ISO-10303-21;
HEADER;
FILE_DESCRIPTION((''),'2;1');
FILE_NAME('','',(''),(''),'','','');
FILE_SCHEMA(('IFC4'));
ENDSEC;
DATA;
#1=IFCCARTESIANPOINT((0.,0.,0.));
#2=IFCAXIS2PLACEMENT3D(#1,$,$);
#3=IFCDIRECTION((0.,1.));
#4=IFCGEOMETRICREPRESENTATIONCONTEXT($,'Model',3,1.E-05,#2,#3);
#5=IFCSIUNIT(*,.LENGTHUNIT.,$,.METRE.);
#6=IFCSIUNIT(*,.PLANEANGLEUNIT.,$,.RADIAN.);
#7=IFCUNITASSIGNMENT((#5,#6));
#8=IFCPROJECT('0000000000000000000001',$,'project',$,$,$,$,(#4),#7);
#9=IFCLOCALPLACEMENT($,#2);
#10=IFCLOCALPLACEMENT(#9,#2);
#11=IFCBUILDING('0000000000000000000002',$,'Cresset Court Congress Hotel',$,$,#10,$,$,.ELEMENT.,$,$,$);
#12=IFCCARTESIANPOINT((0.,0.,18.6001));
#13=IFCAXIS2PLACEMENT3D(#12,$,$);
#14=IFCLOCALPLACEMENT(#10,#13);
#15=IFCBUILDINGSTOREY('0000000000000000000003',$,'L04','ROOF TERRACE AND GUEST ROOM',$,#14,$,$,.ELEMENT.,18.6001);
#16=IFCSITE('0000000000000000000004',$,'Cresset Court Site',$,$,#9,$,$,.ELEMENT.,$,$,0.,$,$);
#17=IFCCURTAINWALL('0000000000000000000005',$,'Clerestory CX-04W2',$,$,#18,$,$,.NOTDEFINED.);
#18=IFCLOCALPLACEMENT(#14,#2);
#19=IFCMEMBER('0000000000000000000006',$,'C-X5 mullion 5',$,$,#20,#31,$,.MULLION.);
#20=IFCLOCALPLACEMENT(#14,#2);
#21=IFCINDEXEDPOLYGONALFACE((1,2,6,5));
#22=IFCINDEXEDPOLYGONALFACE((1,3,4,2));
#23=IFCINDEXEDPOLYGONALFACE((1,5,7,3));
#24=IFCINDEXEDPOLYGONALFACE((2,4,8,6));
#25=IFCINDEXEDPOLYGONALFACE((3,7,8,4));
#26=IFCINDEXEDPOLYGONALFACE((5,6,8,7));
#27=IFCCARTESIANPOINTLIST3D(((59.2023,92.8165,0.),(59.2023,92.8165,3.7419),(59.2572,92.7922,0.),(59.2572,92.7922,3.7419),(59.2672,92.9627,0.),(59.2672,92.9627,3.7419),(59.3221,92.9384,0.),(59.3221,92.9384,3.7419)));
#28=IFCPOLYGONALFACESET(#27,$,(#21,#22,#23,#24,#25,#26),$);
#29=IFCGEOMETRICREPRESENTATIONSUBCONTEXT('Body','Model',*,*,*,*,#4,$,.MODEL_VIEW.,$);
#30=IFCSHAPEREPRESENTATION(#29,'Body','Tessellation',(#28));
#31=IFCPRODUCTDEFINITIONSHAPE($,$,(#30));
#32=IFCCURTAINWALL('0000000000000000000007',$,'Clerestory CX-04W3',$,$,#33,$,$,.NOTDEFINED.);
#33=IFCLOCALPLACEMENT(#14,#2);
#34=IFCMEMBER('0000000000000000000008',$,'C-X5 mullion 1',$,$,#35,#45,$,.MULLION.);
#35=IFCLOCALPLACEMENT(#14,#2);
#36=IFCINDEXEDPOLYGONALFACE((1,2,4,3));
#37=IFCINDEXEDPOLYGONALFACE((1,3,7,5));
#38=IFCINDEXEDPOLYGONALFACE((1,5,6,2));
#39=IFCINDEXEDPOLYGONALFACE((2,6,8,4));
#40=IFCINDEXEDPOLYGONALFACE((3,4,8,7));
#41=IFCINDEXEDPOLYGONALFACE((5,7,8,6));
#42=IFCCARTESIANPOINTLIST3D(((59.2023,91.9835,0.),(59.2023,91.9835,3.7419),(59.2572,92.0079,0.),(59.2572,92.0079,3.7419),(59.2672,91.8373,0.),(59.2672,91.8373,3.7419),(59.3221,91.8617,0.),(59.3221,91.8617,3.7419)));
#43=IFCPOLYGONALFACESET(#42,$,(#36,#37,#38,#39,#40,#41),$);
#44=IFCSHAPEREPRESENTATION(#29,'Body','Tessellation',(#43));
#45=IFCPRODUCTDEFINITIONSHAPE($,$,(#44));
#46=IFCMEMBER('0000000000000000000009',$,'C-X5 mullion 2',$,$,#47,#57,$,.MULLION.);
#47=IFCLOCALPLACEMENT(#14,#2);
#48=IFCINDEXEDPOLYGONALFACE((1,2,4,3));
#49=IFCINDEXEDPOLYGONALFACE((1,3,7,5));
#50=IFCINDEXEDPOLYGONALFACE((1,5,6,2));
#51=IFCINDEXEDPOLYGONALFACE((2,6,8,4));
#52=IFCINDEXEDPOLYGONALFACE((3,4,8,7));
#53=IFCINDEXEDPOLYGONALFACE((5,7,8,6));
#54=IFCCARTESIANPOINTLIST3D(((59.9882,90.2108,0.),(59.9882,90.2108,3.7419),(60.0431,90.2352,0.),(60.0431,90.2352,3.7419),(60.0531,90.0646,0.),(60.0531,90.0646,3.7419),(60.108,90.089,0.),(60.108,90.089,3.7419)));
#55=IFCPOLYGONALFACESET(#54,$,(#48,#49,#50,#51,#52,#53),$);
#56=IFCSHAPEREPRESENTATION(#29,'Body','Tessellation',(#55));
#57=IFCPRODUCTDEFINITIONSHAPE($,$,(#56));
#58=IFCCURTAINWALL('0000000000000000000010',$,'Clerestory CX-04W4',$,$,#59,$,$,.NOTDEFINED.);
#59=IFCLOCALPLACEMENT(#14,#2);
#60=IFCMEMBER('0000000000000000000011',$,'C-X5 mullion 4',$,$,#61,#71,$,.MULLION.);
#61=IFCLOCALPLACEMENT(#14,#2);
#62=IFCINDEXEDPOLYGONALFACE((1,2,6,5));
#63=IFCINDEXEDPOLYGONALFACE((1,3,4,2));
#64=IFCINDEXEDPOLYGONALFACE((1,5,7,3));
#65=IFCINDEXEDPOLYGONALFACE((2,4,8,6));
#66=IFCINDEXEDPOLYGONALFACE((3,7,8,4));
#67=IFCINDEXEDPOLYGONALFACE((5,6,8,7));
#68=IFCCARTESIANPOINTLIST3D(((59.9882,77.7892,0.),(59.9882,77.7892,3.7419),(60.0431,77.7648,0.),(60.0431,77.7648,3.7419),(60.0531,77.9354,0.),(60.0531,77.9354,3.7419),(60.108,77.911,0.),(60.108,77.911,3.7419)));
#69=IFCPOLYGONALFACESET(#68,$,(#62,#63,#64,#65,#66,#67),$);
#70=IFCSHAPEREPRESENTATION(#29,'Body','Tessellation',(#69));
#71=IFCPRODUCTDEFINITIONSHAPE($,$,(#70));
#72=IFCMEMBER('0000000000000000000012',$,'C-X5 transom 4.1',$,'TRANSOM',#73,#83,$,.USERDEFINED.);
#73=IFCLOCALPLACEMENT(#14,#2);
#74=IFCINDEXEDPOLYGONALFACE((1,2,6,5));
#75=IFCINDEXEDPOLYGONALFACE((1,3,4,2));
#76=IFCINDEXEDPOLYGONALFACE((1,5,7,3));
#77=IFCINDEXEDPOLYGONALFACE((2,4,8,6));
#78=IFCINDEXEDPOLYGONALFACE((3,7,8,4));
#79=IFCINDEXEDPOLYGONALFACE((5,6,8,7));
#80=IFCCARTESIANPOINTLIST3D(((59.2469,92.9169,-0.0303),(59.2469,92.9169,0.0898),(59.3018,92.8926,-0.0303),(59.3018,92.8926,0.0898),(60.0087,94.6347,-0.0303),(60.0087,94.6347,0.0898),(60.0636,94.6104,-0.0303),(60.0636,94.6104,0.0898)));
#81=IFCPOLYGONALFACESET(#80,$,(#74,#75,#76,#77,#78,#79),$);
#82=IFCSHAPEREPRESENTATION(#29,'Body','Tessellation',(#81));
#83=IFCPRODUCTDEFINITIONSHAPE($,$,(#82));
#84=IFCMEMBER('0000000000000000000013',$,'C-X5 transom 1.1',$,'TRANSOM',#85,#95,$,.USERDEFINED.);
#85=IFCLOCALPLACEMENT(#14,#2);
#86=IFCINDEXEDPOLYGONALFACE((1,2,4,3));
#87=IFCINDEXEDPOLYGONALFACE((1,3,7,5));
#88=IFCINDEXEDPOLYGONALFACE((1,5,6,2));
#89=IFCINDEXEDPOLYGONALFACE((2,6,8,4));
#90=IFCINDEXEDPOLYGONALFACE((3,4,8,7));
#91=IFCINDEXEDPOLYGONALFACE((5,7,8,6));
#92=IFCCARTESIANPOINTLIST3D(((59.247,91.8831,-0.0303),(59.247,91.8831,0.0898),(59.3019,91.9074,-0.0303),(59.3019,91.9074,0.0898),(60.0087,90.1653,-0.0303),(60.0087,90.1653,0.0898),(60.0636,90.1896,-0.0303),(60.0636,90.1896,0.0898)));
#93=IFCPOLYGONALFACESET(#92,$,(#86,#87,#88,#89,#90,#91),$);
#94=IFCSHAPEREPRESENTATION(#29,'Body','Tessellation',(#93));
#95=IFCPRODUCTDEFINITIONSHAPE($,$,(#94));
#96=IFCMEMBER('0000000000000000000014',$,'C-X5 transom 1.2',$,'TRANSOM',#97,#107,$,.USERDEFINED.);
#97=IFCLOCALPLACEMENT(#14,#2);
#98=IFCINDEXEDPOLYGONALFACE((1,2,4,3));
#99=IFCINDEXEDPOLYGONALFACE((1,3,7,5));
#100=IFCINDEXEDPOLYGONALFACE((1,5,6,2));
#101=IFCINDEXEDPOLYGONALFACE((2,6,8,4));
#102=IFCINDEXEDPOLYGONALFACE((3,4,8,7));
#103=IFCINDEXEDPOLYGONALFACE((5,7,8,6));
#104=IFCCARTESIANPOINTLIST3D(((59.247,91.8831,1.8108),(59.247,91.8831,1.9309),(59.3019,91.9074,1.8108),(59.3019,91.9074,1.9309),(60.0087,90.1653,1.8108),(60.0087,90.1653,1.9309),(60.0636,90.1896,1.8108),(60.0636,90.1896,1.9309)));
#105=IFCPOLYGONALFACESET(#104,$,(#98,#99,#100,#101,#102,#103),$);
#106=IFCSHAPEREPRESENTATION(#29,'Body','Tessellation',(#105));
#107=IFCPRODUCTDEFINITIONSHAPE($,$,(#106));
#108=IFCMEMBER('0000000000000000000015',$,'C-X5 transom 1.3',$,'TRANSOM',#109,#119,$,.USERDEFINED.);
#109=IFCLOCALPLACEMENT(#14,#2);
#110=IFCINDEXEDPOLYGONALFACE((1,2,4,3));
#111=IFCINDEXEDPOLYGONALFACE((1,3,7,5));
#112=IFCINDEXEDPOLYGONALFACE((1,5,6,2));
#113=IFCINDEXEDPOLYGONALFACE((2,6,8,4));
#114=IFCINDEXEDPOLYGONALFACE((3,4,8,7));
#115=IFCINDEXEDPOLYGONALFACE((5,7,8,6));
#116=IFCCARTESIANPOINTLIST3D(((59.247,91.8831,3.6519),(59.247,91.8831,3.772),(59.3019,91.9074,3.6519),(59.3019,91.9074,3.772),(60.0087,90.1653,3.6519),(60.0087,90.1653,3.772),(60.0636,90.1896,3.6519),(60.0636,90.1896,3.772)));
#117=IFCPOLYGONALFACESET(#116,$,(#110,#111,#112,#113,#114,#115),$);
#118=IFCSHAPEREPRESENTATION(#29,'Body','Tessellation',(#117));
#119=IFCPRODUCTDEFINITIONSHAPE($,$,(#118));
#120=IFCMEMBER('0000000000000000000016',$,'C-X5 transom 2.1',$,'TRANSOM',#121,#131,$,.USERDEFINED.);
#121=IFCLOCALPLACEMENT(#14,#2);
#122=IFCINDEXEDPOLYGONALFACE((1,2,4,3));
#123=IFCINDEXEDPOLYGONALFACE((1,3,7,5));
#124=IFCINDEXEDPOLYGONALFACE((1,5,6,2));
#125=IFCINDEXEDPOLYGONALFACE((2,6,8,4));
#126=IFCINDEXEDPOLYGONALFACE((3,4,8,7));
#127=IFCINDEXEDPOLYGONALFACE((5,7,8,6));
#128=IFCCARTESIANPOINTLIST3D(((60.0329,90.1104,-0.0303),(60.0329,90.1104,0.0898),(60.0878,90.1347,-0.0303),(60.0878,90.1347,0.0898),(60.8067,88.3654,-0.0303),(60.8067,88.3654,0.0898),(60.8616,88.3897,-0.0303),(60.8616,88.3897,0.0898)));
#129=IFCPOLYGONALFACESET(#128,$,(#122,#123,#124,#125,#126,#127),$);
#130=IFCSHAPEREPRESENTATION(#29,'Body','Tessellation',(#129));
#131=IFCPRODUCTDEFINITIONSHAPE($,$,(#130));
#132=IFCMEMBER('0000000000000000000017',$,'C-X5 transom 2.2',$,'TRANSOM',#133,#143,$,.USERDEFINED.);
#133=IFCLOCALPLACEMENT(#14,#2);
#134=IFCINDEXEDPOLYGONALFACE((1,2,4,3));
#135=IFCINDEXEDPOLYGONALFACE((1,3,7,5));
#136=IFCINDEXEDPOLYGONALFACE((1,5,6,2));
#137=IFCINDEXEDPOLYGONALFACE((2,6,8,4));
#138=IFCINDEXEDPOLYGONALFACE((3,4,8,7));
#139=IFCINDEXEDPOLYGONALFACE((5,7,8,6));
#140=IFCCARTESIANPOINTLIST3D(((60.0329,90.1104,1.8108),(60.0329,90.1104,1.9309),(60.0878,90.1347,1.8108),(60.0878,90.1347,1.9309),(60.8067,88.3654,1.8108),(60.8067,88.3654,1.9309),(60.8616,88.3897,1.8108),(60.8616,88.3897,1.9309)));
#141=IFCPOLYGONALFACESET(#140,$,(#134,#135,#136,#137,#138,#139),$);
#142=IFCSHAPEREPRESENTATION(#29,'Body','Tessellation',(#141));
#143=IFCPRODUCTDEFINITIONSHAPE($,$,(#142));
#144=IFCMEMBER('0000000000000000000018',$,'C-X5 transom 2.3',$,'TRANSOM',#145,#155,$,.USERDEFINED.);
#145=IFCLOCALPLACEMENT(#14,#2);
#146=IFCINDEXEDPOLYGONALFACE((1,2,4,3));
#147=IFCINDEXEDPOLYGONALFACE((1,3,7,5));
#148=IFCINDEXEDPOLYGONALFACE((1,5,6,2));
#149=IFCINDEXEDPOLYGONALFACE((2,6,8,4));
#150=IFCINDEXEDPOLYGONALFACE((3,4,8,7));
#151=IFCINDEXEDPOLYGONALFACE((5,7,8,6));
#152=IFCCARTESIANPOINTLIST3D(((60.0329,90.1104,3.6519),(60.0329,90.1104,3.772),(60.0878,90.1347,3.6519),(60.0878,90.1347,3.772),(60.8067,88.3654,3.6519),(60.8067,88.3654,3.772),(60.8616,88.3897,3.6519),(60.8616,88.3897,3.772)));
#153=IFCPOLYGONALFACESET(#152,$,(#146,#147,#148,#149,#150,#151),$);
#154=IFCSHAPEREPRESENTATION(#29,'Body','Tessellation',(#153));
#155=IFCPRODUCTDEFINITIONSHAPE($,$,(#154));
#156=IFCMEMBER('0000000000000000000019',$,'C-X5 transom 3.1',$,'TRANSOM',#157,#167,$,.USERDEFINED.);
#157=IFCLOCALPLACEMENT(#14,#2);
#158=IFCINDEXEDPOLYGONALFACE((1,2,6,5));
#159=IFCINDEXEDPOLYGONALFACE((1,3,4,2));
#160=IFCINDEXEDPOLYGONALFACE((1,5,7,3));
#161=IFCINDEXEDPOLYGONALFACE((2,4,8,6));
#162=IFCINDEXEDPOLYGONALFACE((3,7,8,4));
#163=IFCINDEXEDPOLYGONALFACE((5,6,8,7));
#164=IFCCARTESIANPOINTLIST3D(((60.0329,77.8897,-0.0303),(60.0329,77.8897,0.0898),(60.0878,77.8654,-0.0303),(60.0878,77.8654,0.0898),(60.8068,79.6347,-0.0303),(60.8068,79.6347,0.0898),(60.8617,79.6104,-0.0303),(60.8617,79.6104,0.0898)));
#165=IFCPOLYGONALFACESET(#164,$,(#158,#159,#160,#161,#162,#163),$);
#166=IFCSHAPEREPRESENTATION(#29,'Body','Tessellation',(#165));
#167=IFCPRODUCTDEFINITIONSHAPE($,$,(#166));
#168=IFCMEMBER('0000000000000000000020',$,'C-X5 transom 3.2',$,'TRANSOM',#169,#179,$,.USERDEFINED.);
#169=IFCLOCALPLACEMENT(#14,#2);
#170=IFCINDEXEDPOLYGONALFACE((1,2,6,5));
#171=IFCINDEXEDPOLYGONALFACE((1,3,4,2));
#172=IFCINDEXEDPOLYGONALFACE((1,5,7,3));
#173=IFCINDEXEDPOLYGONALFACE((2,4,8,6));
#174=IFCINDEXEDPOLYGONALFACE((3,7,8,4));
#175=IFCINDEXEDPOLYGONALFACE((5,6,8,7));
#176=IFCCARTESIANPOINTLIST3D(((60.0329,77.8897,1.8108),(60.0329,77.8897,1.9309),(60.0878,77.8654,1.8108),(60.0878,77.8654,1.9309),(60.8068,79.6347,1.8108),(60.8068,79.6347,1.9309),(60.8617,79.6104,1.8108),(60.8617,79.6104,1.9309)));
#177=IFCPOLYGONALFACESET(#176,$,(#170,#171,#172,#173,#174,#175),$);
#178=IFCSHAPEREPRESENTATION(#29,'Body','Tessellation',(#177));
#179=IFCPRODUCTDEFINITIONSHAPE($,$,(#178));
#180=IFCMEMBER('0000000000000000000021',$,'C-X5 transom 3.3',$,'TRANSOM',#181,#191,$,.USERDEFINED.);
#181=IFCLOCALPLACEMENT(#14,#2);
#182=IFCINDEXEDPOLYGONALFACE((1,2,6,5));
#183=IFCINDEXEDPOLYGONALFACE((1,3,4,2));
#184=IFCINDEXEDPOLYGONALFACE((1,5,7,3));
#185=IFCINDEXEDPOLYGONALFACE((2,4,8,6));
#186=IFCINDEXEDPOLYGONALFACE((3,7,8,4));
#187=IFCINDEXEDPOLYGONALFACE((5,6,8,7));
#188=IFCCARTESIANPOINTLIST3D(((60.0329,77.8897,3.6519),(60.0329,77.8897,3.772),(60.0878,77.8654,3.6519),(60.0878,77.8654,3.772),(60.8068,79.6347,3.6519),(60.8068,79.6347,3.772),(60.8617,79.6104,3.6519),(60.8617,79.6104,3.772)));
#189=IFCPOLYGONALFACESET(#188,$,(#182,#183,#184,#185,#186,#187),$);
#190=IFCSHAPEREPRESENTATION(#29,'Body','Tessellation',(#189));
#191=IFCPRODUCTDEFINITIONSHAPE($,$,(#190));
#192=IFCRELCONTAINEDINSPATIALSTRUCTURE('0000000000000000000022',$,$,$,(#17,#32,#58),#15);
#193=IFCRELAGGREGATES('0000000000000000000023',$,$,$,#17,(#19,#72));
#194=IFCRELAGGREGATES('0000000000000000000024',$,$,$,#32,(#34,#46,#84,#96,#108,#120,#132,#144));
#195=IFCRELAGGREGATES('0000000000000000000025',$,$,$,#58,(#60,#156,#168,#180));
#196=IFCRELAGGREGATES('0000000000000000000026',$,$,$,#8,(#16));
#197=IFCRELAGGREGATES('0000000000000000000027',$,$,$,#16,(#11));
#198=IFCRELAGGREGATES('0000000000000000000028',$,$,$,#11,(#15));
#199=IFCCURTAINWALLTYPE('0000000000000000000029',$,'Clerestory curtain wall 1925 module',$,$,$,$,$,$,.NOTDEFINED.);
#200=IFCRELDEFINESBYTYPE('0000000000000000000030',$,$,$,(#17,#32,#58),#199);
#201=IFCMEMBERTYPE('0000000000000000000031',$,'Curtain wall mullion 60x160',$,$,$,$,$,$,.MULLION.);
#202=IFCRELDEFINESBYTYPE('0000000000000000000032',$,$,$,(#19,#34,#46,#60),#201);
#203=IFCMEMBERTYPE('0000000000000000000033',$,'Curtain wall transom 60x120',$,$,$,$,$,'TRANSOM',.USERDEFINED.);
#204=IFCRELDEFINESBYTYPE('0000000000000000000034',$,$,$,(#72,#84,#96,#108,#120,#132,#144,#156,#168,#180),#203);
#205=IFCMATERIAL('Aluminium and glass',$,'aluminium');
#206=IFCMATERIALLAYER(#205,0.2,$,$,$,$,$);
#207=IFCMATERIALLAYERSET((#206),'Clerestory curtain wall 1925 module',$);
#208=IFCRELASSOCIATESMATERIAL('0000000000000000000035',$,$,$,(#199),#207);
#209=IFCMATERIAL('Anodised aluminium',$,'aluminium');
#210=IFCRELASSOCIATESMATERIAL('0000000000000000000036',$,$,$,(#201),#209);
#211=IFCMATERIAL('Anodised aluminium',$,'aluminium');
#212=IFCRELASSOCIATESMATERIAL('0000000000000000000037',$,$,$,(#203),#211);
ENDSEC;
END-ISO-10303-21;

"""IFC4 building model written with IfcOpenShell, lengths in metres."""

from ifc_helpers import new_model, si_unit, direction, frame, origin, origin_2d, place, context, subcontext, project, spatial, rectangle, extrude, material, layer, layer_set, material_profile, profile_set, type_object, element, aggregate, save


model = new_model("IFC4")

# Units and contexts
model_context = context("Model", 3, precision=1e-05, world=origin(), true_north=direction((0.0, 1.0)))
body_context = subcontext(model_context, "Body", "Model", "MODEL_VIEW")
ifc_project = project(units=[si_unit("LENGTHUNIT", "METRE"), si_unit("PLANEANGLEUNIT", "RADIAN")], contexts=[model_context])

# Site, building, storey
site_placement = place(None, origin())
site = spatial("IfcSite", under=ifc_project, at=site_placement, Name="Cresset Court Site", CompositionType="ELEMENT", RefElevation=0.0)
building_placement = place(site_placement, origin())
building = spatial("IfcBuilding", under=site, at=building_placement, Name="Cresset Court Congress Hotel", CompositionType="ELEMENT")
storey_placement = place(building_placement, frame((0.0, 0.0, 18.6001)))
storey = spatial("IfcBuildingStorey", under=building, at=storey_placement, Name="L04", Description="ROOF TERRACE AND GUEST ROOM", CompositionType="ELEMENT", Elevation=18.6001)

# Curtain wall, member
ifc_material_1 = material(Name="Aluminium and glass", Category="aluminium")
ifc_layer_1 = layer(ifc_material_1, 0.2)
ifc_layer_set_1 = layer_set([ifc_layer_1], Name="Clerestory curtain wall 1925 module")
curtain_wall_type = type_object("IfcCurtainWallType", Name="Clerestory curtain wall 1925 module", PredefinedType="NOTDEFINED", material=ifc_layer_set_1)
curtain_wall_1_placement = place(storey_placement, origin())
curtain_wall_1 = element("IfcCurtainWall", 1, at=curtain_wall_1_placement, inside=storey, type_object=curtain_wall_type, Name="Clerestory CX-04W2", PredefinedType="NOTDEFINED")
ifc_material_2 = material(Name="Anodised aluminium", Category="aluminium")
ifc_material_profile_1 = material_profile(ifc_material_2, rectangle(XDim=0.0601, YDim=0.1599, at=origin_2d()), Name="AL60x160")
ifc_profile_set_1 = profile_set([ifc_material_profile_1], Name="Anodised aluminium")
member_type_1 = type_object("IfcMemberType", Name="Curtain wall mullion 60x160", PredefinedType="MULLION", material=ifc_profile_set_1)
member_1_placement = place(storey_placement, frame((59.2622, 92.8774, 0.0), z_axis=(0.0, 0.0, 1.0), x_axis=(0.914148, -0.405381, 0.0)))
member_1 = element("IfcMember", 2, at=member_1_placement, type_object=member_type_1, Name="C-X5 mullion 5", PredefinedType="MULLION", context=body_context, shape_type="SweptSolid", body=[
    extrude(rectangle(XDim=0.0601, YDim=0.1599, at=origin_2d()), origin(), (0.0, 0.0, 1.0), 3.7419),
])

# Curtain wall, members
curtain_wall_2_placement = place(storey_placement, origin())
curtain_wall_2 = element("IfcCurtainWall", 3, at=curtain_wall_2_placement, inside=storey, type_object=curtain_wall_type, Name="Clerestory CX-04W3", PredefinedType="NOTDEFINED")
member_2_placement = place(storey_placement, frame((59.2622, 91.9226, 0.0), z_axis=(0.0, 0.0, 1.0), x_axis=(0.914148, 0.405381, 0.0)))
member_2 = element("IfcMember", 4, at=member_2_placement, type_object=member_type_1, Name="C-X5 mullion 1", PredefinedType="MULLION", context=body_context, shape_type="SweptSolid", body=[
    extrude(rectangle(XDim=0.0601, YDim=0.1599, at=origin_2d()), origin(), (0.0, 0.0, 1.0), 3.7419),
])
member_3_placement = place(storey_placement, frame((60.0481, 90.1499, 0.0), z_axis=(0.0, 0.0, 1.0), x_axis=(0.914148, 0.405381, 0.0)))
member_3 = element("IfcMember", 5, at=member_3_placement, type_object=member_type_1, Name="C-X5 mullion 2", PredefinedType="MULLION", context=body_context, shape_type="SweptSolid", body=[
    extrude(rectangle(XDim=0.0601, YDim=0.1599, at=origin_2d()), origin(), (0.0, 0.0, 1.0), 3.7419),
])

# Curtain wall, member
curtain_wall_3_placement = place(storey_placement, origin())
curtain_wall_3 = element("IfcCurtainWall", 6, at=curtain_wall_3_placement, inside=storey, type_object=curtain_wall_type, Name="Clerestory CX-04W4", PredefinedType="NOTDEFINED")
member_4_placement = place(storey_placement, frame((60.0481, 77.8501, 0.0), z_axis=(0.0, 0.0, 1.0), x_axis=(0.914148, -0.405381, 0.0)))
member_4 = element("IfcMember", 7, at=member_4_placement, type_object=member_type_1, Name="C-X5 mullion 4", PredefinedType="MULLION", context=body_context, shape_type="SweptSolid", body=[
    extrude(rectangle(XDim=0.0601, YDim=0.1599, at=origin_2d()), origin(), (0.0, 0.0, 1.0), 3.7419),
])

# Members
ifc_material_3 = material(Name="Anodised aluminium", Category="aluminium")
ifc_material_profile_2 = material_profile(ifc_material_3, rectangle(XDim=0.0601, YDim=0.1201, at=origin_2d()), Name="AL60x120")
ifc_profile_set_2 = profile_set([ifc_material_profile_2], Name="Anodised aluminium")
member_type_2 = type_object("IfcMemberType", Name="Curtain wall transom 60x120", ElementType="TRANSOM", PredefinedType="USERDEFINED", material=ifc_profile_set_2)
member_5_placement = place(storey_placement, frame((60.0361, 94.6226, 0.0298), z_axis=(-0.405367, -0.914154, 0.0), x_axis=(0.914154, -0.405367, 0.0)))
member_5 = element("IfcMember", 8, at=member_5_placement, type_object=member_type_2, Name="C-X5 transom 4.1", ObjectType="TRANSOM", PredefinedType="USERDEFINED", context=body_context, shape_type="SweptSolid", body=[
    extrude(rectangle(XDim=0.0601, YDim=0.1201, at=origin_2d()), origin(), (0.0, 0.0, 1.0), 1.8792),
])
member_6_placement = place(storey_placement, frame((59.2744, 91.8953, 0.0298), z_axis=(0.405367, -0.914154, 0.0), x_axis=(0.914154, 0.405367, 0.0)))
member_6 = element("IfcMember", 9, at=member_6_placement, type_object=member_type_2, Name="C-X5 transom 1.1", ObjectType="TRANSOM", PredefinedType="USERDEFINED", context=body_context, shape_type="SweptSolid", body=[
    extrude(rectangle(XDim=0.0601, YDim=0.1201, at=origin_2d()), origin(), (0.0, 0.0, 1.0), 1.8792),
])
member_7_placement = place(storey_placement, frame((59.2744, 91.8953, 1.8708), z_axis=(0.405367, -0.914154, 0.0), x_axis=(0.914154, 0.405367, 0.0)))
member_7 = element("IfcMember", 10, at=member_7_placement, type_object=member_type_2, Name="C-X5 transom 1.2", ObjectType="TRANSOM", PredefinedType="USERDEFINED", context=body_context, shape_type="SweptSolid", body=[
    extrude(rectangle(XDim=0.0601, YDim=0.1201, at=origin_2d()), origin(), (0.0, 0.0, 1.0), 1.8792),
])
member_8_placement = place(storey_placement, frame((59.2744, 91.8953, 3.7119), z_axis=(0.405367, -0.914154, 0.0), x_axis=(0.914154, 0.405367, 0.0)))
member_8 = element("IfcMember", 11, at=member_8_placement, type_object=member_type_2, Name="C-X5 transom 1.3", ObjectType="TRANSOM", PredefinedType="USERDEFINED", context=body_context, shape_type="SweptSolid", body=[
    extrude(rectangle(XDim=0.0601, YDim=0.1201, at=origin_2d()), origin(), (0.0, 0.0, 1.0), 1.8792),
])
member_9_placement = place(storey_placement, frame((60.0603, 90.1226, 0.0298), z_axis=(0.405403, -0.914138, 0.0), x_axis=(0.914138, 0.405403, 0.0)))
member_9 = element("IfcMember", 12, at=member_9_placement, type_object=member_type_2, Name="C-X5 transom 2.1", ObjectType="TRANSOM", PredefinedType="USERDEFINED", context=body_context, shape_type="SweptSolid", body=[
    extrude(rectangle(XDim=0.0601, YDim=0.1201, at=origin_2d()), origin(), (0.0, 0.0, 1.0), 1.9089),
])
member_10_placement = place(storey_placement, frame((60.0603, 90.1226, 1.8708), z_axis=(0.405403, -0.914138, 0.0), x_axis=(0.914138, 0.405403, 0.0)))
member_10 = element("IfcMember", 13, at=member_10_placement, type_object=member_type_2, Name="C-X5 transom 2.2", ObjectType="TRANSOM", PredefinedType="USERDEFINED", context=body_context, shape_type="SweptSolid", body=[
    extrude(rectangle(XDim=0.0601, YDim=0.1201, at=origin_2d()), origin(), (0.0, 0.0, 1.0), 1.9089),
])
member_11_placement = place(storey_placement, frame((60.0603, 90.1226, 3.7119), z_axis=(0.405403, -0.914138, 0.0), x_axis=(0.914138, 0.405403, 0.0)))
member_11 = element("IfcMember", 14, at=member_11_placement, type_object=member_type_2, Name="C-X5 transom 2.3", ObjectType="TRANSOM", PredefinedType="USERDEFINED", context=body_context, shape_type="SweptSolid", body=[
    extrude(rectangle(XDim=0.0601, YDim=0.1201, at=origin_2d()), origin(), (0.0, 0.0, 1.0), 1.9089),
])
member_12_placement = place(storey_placement, frame((60.8342, 79.6226, 0.0298), z_axis=(-0.405403, -0.914138, 0.0), x_axis=(0.914138, -0.405403, 0.0)))
member_12 = element("IfcMember", 15, at=member_12_placement, type_object=member_type_2, Name="C-X5 transom 3.1", ObjectType="TRANSOM", PredefinedType="USERDEFINED", context=body_context, shape_type="SweptSolid", body=[
    extrude(rectangle(XDim=0.0601, YDim=0.1201, at=origin_2d()), origin(), (0.0, 0.0, 1.0), 1.9089),
])
member_13_placement = place(storey_placement, frame((60.8342, 79.6226, 1.8708), z_axis=(-0.405403, -0.914138, 0.0), x_axis=(0.914138, -0.405403, 0.0)))
member_13 = element("IfcMember", 16, at=member_13_placement, type_object=member_type_2, Name="C-X5 transom 3.2", ObjectType="TRANSOM", PredefinedType="USERDEFINED", context=body_context, shape_type="SweptSolid", body=[
    extrude(rectangle(XDim=0.0601, YDim=0.1201, at=origin_2d()), origin(), (0.0, 0.0, 1.0), 1.9089),
])
member_14_placement = place(storey_placement, frame((60.8342, 79.6226, 3.7119), z_axis=(-0.405403, -0.914138, 0.0), x_axis=(0.914138, -0.405403, 0.0)))
member_14 = element("IfcMember", 17, at=member_14_placement, type_object=member_type_2, Name="C-X5 transom 3.3", ObjectType="TRANSOM", PredefinedType="USERDEFINED", context=body_context, shape_type="SweptSolid", body=[
    extrude(rectangle(XDim=0.0601, YDim=0.1201, at=origin_2d()), origin(), (0.0, 0.0, 1.0), 1.9089),
])

aggregate(curtain_wall_1, [member_1, member_5])
aggregate(curtain_wall_2, [member_2, member_3, member_6, member_7, member_8, member_9, member_10, member_11])
aggregate(curtain_wall_3, [member_4, member_12, member_13, member_14])

save(model, "model.ifc")
